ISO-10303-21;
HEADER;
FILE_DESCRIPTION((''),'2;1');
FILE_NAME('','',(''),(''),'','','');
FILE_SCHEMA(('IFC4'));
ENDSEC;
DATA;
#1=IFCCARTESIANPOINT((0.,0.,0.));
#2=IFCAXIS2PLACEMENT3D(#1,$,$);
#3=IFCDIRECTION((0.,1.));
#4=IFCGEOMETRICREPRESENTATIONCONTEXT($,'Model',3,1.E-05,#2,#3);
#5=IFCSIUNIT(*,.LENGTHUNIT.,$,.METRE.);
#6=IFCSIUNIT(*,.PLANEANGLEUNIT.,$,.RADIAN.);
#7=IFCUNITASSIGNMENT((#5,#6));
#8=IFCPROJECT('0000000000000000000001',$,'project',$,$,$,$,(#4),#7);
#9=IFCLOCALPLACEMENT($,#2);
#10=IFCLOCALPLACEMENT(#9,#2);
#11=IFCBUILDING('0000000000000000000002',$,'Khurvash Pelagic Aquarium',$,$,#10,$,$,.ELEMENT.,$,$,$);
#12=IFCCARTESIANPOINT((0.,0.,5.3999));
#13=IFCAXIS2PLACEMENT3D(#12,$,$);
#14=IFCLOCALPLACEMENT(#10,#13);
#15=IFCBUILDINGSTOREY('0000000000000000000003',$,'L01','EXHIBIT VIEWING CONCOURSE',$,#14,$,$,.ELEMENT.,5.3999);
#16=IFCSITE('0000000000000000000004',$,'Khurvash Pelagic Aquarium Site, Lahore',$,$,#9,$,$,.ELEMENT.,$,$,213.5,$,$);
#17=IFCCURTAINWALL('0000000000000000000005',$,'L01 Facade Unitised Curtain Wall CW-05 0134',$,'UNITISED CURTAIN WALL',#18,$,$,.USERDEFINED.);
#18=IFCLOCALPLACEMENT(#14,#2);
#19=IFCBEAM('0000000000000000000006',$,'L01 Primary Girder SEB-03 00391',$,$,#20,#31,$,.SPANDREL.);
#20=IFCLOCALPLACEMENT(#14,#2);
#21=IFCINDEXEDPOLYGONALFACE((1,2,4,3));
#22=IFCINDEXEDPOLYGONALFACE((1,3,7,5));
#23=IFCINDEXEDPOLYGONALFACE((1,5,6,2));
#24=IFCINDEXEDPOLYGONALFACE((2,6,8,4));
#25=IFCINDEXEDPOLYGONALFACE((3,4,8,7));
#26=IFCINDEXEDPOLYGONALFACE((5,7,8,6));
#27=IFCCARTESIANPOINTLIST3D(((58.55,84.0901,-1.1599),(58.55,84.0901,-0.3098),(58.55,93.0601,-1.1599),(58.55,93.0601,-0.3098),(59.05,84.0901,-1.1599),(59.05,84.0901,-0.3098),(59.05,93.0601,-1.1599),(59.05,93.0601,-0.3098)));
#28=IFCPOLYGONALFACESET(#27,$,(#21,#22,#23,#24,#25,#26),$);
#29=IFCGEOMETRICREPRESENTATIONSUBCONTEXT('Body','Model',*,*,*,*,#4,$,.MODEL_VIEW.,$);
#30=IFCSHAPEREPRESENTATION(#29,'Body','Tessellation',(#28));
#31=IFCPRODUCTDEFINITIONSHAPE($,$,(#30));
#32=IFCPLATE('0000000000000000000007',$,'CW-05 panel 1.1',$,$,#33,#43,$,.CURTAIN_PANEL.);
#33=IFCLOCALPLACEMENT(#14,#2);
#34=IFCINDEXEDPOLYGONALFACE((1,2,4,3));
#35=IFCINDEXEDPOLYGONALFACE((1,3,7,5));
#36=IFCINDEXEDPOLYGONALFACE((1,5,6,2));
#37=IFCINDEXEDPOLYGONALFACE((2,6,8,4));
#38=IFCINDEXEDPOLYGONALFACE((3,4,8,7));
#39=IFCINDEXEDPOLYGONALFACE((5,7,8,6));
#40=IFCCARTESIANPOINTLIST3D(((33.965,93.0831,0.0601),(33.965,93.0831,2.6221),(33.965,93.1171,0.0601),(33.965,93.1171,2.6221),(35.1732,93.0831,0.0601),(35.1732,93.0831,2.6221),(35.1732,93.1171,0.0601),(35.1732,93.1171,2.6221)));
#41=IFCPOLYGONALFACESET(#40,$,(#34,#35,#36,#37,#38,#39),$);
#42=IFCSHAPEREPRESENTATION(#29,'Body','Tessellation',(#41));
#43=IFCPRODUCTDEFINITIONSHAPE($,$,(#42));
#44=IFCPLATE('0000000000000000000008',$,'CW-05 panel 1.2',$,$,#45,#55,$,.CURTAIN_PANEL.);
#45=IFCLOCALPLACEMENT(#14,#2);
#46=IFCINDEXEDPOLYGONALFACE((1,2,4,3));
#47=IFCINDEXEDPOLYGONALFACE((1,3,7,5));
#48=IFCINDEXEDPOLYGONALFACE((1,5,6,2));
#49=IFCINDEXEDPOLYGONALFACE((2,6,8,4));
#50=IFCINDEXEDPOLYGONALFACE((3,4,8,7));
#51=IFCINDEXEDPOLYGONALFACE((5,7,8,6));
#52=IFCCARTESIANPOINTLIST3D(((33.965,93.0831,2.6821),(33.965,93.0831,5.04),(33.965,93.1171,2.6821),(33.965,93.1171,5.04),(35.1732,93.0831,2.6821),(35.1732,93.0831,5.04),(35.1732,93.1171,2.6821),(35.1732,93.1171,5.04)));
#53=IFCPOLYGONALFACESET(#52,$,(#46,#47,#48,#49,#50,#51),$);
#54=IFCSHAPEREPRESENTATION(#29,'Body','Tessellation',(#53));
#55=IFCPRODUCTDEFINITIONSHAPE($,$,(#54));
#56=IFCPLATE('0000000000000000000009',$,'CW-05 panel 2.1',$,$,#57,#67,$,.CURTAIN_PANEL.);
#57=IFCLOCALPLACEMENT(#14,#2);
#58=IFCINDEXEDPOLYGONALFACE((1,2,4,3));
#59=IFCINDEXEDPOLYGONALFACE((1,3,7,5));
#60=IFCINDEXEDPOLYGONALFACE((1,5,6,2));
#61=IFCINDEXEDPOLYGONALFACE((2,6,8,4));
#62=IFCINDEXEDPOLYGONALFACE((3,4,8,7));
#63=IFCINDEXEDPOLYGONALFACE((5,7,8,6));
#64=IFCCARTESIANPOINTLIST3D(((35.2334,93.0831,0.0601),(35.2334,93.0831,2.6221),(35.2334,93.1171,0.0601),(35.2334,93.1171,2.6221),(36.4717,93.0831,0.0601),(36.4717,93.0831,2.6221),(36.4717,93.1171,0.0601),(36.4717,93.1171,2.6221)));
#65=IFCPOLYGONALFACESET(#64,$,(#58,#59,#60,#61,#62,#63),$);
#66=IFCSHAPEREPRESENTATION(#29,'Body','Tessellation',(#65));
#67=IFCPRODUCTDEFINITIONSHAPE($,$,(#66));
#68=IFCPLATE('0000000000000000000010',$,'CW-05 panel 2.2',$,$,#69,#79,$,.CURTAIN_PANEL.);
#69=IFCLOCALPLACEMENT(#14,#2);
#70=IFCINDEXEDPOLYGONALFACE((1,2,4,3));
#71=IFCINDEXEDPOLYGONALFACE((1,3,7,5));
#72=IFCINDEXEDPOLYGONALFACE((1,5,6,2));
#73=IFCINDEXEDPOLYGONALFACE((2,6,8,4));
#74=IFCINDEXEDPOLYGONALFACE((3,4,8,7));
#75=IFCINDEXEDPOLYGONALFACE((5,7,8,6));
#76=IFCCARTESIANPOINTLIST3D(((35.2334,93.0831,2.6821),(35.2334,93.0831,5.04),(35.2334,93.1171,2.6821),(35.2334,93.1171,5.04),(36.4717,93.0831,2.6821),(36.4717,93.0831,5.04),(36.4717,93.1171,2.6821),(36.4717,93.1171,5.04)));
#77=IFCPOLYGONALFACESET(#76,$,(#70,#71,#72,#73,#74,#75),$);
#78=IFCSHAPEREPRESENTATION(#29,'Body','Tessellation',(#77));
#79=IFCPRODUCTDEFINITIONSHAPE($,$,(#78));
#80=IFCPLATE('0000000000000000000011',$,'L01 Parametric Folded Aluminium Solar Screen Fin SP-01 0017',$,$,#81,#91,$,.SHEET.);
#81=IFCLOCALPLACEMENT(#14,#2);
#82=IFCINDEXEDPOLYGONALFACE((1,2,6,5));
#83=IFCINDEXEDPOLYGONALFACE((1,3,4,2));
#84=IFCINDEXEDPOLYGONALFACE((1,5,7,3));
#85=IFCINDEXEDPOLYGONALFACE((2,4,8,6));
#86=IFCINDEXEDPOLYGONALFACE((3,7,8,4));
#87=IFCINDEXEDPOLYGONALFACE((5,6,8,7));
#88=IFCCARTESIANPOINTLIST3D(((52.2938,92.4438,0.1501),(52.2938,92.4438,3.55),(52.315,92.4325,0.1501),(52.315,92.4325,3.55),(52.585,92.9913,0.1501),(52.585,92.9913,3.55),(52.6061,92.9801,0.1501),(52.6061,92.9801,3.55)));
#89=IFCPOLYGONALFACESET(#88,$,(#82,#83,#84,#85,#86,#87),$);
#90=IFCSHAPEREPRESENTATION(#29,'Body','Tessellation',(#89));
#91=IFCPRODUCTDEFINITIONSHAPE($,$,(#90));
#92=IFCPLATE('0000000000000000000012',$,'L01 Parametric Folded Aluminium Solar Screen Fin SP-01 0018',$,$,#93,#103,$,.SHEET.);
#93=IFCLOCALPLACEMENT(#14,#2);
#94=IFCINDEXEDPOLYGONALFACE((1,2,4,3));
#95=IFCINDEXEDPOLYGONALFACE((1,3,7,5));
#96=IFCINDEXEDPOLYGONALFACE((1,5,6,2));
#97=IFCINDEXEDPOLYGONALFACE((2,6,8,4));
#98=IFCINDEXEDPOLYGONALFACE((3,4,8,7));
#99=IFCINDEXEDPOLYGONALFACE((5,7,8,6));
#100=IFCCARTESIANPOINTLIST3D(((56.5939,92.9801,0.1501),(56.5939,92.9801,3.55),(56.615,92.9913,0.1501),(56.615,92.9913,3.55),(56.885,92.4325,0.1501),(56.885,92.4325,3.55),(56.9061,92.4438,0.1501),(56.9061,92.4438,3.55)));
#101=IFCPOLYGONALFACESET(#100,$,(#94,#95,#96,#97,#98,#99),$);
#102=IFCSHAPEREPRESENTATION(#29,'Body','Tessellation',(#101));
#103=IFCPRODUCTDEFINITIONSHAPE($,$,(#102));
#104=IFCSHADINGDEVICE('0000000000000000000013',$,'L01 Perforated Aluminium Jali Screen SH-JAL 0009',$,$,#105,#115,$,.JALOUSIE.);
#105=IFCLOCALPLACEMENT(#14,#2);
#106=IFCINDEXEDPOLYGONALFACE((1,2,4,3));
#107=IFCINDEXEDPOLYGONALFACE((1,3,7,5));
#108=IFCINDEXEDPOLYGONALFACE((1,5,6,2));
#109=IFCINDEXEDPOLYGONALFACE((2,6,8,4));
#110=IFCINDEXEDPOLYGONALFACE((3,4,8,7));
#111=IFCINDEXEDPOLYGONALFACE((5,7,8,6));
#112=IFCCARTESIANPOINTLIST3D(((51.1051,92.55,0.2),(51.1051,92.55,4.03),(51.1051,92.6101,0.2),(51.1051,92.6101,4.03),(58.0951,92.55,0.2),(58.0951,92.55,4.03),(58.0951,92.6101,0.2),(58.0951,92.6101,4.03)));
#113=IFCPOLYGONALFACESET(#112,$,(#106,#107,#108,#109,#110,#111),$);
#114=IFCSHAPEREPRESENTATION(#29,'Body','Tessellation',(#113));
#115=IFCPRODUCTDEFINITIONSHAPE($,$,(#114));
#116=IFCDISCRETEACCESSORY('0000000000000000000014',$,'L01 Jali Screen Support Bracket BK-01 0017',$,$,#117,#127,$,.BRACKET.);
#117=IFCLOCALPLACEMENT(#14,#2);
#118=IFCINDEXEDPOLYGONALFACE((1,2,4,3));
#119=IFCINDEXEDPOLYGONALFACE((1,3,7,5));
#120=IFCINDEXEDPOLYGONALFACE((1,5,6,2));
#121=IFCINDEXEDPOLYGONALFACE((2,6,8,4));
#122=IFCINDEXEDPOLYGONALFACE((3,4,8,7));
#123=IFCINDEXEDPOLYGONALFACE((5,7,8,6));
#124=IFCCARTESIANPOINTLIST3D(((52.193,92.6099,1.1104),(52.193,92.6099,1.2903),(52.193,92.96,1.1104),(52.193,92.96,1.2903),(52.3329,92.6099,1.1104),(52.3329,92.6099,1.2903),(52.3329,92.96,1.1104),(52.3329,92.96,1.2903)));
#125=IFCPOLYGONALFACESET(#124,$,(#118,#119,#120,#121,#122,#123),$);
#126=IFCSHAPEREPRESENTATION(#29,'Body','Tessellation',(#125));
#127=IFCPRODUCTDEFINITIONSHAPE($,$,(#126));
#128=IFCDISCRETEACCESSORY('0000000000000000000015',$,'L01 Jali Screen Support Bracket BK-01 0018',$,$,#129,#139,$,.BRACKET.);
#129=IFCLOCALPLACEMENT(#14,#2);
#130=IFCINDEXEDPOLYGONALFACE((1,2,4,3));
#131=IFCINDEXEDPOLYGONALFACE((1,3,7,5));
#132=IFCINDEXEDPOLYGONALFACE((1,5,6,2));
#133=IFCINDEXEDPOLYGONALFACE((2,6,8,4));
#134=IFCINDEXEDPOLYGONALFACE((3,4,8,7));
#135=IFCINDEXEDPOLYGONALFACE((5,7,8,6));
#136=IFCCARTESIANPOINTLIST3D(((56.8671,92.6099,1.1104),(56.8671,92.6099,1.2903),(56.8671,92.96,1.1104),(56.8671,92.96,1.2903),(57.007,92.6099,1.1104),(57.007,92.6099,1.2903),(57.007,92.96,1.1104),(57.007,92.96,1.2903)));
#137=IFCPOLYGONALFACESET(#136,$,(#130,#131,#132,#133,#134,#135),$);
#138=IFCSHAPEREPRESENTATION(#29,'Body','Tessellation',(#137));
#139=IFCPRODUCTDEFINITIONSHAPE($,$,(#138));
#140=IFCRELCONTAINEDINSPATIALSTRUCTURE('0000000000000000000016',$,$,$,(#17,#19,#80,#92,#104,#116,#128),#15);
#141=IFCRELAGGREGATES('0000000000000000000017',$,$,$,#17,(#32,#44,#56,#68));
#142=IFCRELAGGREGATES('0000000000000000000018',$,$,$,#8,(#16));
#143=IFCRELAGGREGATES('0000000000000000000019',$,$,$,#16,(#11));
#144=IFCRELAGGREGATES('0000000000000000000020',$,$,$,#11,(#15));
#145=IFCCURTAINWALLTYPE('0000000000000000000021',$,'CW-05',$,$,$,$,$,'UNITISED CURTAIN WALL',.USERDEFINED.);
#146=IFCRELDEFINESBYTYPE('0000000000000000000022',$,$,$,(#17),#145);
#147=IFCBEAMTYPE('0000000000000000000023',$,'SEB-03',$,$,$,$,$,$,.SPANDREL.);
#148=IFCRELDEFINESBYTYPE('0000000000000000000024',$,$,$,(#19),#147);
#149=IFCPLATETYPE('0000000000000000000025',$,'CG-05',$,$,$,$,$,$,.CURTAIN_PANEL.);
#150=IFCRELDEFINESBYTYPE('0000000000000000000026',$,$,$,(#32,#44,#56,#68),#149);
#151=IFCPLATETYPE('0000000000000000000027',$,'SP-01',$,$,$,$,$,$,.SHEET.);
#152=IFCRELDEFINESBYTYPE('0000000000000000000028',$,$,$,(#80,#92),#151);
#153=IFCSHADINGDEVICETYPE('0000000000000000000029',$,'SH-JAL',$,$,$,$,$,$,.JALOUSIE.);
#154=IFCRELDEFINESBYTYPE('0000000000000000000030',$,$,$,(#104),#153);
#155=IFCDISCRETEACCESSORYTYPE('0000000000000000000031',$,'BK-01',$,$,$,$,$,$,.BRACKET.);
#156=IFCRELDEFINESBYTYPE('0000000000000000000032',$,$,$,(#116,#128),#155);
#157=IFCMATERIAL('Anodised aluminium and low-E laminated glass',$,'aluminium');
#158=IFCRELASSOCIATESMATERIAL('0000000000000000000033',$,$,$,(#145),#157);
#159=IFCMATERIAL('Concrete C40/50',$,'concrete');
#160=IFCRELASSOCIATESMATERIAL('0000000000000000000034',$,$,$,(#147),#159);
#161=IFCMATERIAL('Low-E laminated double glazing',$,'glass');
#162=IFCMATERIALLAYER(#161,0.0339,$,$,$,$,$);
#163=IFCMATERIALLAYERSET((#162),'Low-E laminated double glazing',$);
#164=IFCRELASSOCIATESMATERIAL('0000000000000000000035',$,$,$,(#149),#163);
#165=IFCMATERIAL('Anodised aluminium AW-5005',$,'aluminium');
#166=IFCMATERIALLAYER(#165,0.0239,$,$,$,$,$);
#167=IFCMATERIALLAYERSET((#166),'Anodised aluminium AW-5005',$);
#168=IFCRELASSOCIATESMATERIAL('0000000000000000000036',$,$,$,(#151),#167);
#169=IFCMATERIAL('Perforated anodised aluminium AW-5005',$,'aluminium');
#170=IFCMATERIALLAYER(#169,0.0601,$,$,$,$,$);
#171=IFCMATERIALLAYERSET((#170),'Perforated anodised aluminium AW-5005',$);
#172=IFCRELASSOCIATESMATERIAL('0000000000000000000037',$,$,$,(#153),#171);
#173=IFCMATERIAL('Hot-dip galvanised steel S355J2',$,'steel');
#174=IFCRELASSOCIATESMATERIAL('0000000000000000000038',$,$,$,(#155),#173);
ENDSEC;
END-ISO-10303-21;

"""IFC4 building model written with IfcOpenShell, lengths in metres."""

from ifc_helpers import new_model, si_unit, direction, frame, origin, origin_2d, place, context, subcontext, project, spatial, rectangle, extrude, material, layer, layer_set, material_profile, profile_set, type_object, element, aggregate, save


model = new_model("IFC4")

# Units and contexts
model_context = context("Model", 3, precision=1e-05, world=origin(), true_north=direction((0.0, 1.0)))
body_context = subcontext(model_context, "Body", "Model", "MODEL_VIEW")
ifc_project = project(units=[si_unit("LENGTHUNIT", "METRE"), si_unit("PLANEANGLEUNIT", "RADIAN")], contexts=[model_context])

# Site, building, storey
site_placement = place(None, origin())
site = spatial("IfcSite", under=ifc_project, at=site_placement, Name="Khurvash Pelagic Aquarium Site, Lahore", CompositionType="ELEMENT", RefElevation=213.5)
building_placement = place(site_placement, origin())
building = spatial("IfcBuilding", under=site, at=building_placement, Name="Khurvash Pelagic Aquarium", CompositionType="ELEMENT")
storey_placement = place(building_placement, frame((0.0, 0.0, 5.3999)))
storey = spatial("IfcBuildingStorey", under=building, at=storey_placement, Name="L01", Description="EXHIBIT VIEWING CONCOURSE", CompositionType="ELEMENT", Elevation=5.3999)

# Shared definitions
ifc_material_1 = material(Name="Concrete C40/50", Category="concrete")

# Curtain wall
ifc_material_2 = material(Name="Anodised aluminium and low-E laminated glass", Category="aluminium")
curtain_wall_type = type_object("IfcCurtainWallType", Name="CW-05", ElementType="UNITISED CURTAIN WALL", PredefinedType="USERDEFINED", material=ifc_material_2)
curtain_wall_placement = place(storey_placement, origin())
curtain_wall = element("IfcCurtainWall", 1, at=curtain_wall_placement, inside=storey, type_object=curtain_wall_type, Name="L01 Facade Unitised Curtain Wall CW-05 0134", ObjectType="UNITISED CURTAIN WALL", PredefinedType="USERDEFINED")

# Beam
ifc_material_profile_1 = material_profile(ifc_material_1, rectangle(XDim=0.5, YDim=0.8501, at=origin_2d()), Name="RC500X850")
ifc_profile_set_1 = profile_set([ifc_material_profile_1], Name="Concrete C40/50")
beam_type = type_object("IfcBeamType", Name="SEB-03", PredefinedType="SPANDREL", material=ifc_profile_set_1)
beam_placement = place(storey_placement, frame((58.8, 84.0901, -0.7349), z_axis=(0.0, 1.0, 0.0), x_axis=(-1.0, 0.0, 0.0)))
element("IfcBeam", 2, at=beam_placement, inside=storey, type_object=beam_type, Name="L01 Primary Girder SEB-03 00391", PredefinedType="SPANDREL", context=body_context, shape_type="SweptSolid", body=[
    extrude(rectangle(XDim=0.5, YDim=0.8501, at=origin_2d()), origin(), (0.0, 0.0, 1.0), 8.97),
])

# Plates
ifc_material_3 = material(Name="Low-E laminated double glazing", Category="glass")
ifc_layer_1 = layer(ifc_material_3, 0.0339)
ifc_layer_set_1 = layer_set([ifc_layer_1], Name="Low-E laminated double glazing")
plate_type_1 = type_object("IfcPlateType", Name="CG-05", PredefinedType="CURTAIN_PANEL", material=ifc_layer_set_1)
plate_1_placement = place(storey_placement, frame((34.5691, 93.1001, 0.0601), z_axis=(0.0, 0.0, 1.0), x_axis=(1.0, 0.0, 0.0)))
plate_1 = element("IfcPlate", 3, at=plate_1_placement, type_object=plate_type_1, Name="CW-05 panel 1.1", PredefinedType="CURTAIN_PANEL", context=body_context, shape_type="SweptSolid", body=[
    extrude(rectangle(XDim=1.2083, YDim=0.0339, at=origin_2d()), origin(), (0.0, 0.0, 1.0), 2.562),
])
plate_2_placement = place(storey_placement, frame((34.5691, 93.1001, 2.6821), z_axis=(0.0, 0.0, 1.0), x_axis=(1.0, 0.0, 0.0)))
plate_2 = element("IfcPlate", 4, at=plate_2_placement, type_object=plate_type_1, Name="CW-05 panel 1.2", PredefinedType="CURTAIN_PANEL", context=body_context, shape_type="SweptSolid", body=[
    extrude(rectangle(XDim=1.2083, YDim=0.0339, at=origin_2d()), origin(), (0.0, 0.0, 1.0), 2.3579),
])
plate_3_placement = place(storey_placement, frame((35.8525, 93.1001, 0.0601), z_axis=(0.0, 0.0, 1.0), x_axis=(1.0, 0.0, 0.0)))
plate_3 = element("IfcPlate", 5, at=plate_3_placement, type_object=plate_type_1, Name="CW-05 panel 2.1", PredefinedType="CURTAIN_PANEL", context=body_context, shape_type="SweptSolid", body=[
    extrude(rectangle(XDim=1.2383, YDim=0.0339, at=origin_2d()), origin(), (0.0, 0.0, 1.0), 2.562),
])
plate_4_placement = place(storey_placement, frame((35.8525, 93.1001, 2.6821), z_axis=(0.0, 0.0, 1.0), x_axis=(1.0, 0.0, 0.0)))
plate_4 = element("IfcPlate", 6, at=plate_4_placement, type_object=plate_type_1, Name="CW-05 panel 2.2", PredefinedType="CURTAIN_PANEL", context=body_context, shape_type="SweptSolid", body=[
    extrude(rectangle(XDim=1.2383, YDim=0.0339, at=origin_2d()), origin(), (0.0, 0.0, 1.0), 2.3579),
])
aggregate(curtain_wall, [plate_1, plate_2, plate_3, plate_4])

# Plates
ifc_material_4 = material(Name="Anodised aluminium AW-5005", Category="aluminium")
ifc_layer_2 = layer(ifc_material_4, 0.0239)
ifc_layer_set_2 = layer_set([ifc_layer_2], Name="Anodised aluminium AW-5005")
plate_type_2 = type_object("IfcPlateType", Name="SP-01", PredefinedType="SHEET", material=ifc_layer_set_2)
for number, where, z_axis, x_axis, name in (
    (7, (52.45, 92.7119, 0.1501), (0.0, 0.0, 1.0), (-0.469472, -0.882948, 0.0), "L01 Parametric Folded Aluminium Solar Screen Fin SP-01 0017"),
    (8, (56.75, 92.7119, 0.1501), (0.0, 0.0, 1.0), (0.469472, -0.882948, 0.0), "L01 Parametric Folded Aluminium Solar Screen Fin SP-01 0018"),
):
    element("IfcPlate", number, at=place(storey_placement, frame(where, z_axis=z_axis, x_axis=x_axis)), inside=storey, type_object=plate_type_2, Name=name, PredefinedType="SHEET", context=body_context, shape_type="SweptSolid", body=[
        extrude(rectangle(XDim=0.6201, YDim=0.0239, at=origin_2d()), origin(), (0.0, 0.0, 1.0), 3.3999),
    ])

# Shading device
ifc_material_5 = material(Name="Perforated anodised aluminium AW-5005", Category="aluminium")
ifc_layer_3 = layer(ifc_material_5, 0.0601)
ifc_layer_set_3 = layer_set([ifc_layer_3], Name="Perforated anodised aluminium AW-5005")
shading_device_type = type_object("IfcShadingDeviceType", Name="SH-JAL", PredefinedType="JALOUSIE", material=ifc_layer_set_3)
shading_device_placement = place(storey_placement, frame((54.6001, 92.5801, 0.2), z_axis=(0.0, 0.0, 1.0), x_axis=(1.0, 0.0, 0.0)))
element("IfcShadingDevice", 9, at=shading_device_placement, inside=storey, type_object=shading_device_type, Name="L01 Perforated Aluminium Jali Screen SH-JAL 0009", PredefinedType="JALOUSIE", context=body_context, shape_type="SweptSolid", body=[
    extrude(rectangle(XDim=6.99, YDim=0.0601, at=origin_2d()), origin(), (0.0, 0.0, 1.0), 3.8301),
])

# Discrete accessories
ifc_material_6 = material(Name="Hot-dip galvanised steel S355J2", Category="steel")
discrete_accessory_type = type_object("IfcDiscreteAccessoryType", Name="BK-01", PredefinedType="BRACKET", material=ifc_material_6)
for number, where, z_axis, x_axis, name in (
    (10, (52.2629, 92.7849, 1.1104), (0.0, 0.0, 1.0), (1.0, 0.0, 0.0), "L01 Jali Screen Support Bracket BK-01 0017"),
    (11, (56.937, 92.7849, 1.1104), (0.0, 0.0, 1.0), (1.0, 0.0, 0.0), "L01 Jali Screen Support Bracket BK-01 0018"),
):
    element("IfcDiscreteAccessory", number, at=place(storey_placement, frame(where, z_axis=z_axis, x_axis=x_axis)), inside=storey, type_object=discrete_accessory_type, Name=name, PredefinedType="BRACKET", context=body_context, shape_type="SweptSolid", body=[
        extrude(rectangle(XDim=0.1399, YDim=0.3501, at=origin_2d()), origin(), (0.0, 0.0, 1.0), 0.1799),
    ])

save(model, "model.ifc")
